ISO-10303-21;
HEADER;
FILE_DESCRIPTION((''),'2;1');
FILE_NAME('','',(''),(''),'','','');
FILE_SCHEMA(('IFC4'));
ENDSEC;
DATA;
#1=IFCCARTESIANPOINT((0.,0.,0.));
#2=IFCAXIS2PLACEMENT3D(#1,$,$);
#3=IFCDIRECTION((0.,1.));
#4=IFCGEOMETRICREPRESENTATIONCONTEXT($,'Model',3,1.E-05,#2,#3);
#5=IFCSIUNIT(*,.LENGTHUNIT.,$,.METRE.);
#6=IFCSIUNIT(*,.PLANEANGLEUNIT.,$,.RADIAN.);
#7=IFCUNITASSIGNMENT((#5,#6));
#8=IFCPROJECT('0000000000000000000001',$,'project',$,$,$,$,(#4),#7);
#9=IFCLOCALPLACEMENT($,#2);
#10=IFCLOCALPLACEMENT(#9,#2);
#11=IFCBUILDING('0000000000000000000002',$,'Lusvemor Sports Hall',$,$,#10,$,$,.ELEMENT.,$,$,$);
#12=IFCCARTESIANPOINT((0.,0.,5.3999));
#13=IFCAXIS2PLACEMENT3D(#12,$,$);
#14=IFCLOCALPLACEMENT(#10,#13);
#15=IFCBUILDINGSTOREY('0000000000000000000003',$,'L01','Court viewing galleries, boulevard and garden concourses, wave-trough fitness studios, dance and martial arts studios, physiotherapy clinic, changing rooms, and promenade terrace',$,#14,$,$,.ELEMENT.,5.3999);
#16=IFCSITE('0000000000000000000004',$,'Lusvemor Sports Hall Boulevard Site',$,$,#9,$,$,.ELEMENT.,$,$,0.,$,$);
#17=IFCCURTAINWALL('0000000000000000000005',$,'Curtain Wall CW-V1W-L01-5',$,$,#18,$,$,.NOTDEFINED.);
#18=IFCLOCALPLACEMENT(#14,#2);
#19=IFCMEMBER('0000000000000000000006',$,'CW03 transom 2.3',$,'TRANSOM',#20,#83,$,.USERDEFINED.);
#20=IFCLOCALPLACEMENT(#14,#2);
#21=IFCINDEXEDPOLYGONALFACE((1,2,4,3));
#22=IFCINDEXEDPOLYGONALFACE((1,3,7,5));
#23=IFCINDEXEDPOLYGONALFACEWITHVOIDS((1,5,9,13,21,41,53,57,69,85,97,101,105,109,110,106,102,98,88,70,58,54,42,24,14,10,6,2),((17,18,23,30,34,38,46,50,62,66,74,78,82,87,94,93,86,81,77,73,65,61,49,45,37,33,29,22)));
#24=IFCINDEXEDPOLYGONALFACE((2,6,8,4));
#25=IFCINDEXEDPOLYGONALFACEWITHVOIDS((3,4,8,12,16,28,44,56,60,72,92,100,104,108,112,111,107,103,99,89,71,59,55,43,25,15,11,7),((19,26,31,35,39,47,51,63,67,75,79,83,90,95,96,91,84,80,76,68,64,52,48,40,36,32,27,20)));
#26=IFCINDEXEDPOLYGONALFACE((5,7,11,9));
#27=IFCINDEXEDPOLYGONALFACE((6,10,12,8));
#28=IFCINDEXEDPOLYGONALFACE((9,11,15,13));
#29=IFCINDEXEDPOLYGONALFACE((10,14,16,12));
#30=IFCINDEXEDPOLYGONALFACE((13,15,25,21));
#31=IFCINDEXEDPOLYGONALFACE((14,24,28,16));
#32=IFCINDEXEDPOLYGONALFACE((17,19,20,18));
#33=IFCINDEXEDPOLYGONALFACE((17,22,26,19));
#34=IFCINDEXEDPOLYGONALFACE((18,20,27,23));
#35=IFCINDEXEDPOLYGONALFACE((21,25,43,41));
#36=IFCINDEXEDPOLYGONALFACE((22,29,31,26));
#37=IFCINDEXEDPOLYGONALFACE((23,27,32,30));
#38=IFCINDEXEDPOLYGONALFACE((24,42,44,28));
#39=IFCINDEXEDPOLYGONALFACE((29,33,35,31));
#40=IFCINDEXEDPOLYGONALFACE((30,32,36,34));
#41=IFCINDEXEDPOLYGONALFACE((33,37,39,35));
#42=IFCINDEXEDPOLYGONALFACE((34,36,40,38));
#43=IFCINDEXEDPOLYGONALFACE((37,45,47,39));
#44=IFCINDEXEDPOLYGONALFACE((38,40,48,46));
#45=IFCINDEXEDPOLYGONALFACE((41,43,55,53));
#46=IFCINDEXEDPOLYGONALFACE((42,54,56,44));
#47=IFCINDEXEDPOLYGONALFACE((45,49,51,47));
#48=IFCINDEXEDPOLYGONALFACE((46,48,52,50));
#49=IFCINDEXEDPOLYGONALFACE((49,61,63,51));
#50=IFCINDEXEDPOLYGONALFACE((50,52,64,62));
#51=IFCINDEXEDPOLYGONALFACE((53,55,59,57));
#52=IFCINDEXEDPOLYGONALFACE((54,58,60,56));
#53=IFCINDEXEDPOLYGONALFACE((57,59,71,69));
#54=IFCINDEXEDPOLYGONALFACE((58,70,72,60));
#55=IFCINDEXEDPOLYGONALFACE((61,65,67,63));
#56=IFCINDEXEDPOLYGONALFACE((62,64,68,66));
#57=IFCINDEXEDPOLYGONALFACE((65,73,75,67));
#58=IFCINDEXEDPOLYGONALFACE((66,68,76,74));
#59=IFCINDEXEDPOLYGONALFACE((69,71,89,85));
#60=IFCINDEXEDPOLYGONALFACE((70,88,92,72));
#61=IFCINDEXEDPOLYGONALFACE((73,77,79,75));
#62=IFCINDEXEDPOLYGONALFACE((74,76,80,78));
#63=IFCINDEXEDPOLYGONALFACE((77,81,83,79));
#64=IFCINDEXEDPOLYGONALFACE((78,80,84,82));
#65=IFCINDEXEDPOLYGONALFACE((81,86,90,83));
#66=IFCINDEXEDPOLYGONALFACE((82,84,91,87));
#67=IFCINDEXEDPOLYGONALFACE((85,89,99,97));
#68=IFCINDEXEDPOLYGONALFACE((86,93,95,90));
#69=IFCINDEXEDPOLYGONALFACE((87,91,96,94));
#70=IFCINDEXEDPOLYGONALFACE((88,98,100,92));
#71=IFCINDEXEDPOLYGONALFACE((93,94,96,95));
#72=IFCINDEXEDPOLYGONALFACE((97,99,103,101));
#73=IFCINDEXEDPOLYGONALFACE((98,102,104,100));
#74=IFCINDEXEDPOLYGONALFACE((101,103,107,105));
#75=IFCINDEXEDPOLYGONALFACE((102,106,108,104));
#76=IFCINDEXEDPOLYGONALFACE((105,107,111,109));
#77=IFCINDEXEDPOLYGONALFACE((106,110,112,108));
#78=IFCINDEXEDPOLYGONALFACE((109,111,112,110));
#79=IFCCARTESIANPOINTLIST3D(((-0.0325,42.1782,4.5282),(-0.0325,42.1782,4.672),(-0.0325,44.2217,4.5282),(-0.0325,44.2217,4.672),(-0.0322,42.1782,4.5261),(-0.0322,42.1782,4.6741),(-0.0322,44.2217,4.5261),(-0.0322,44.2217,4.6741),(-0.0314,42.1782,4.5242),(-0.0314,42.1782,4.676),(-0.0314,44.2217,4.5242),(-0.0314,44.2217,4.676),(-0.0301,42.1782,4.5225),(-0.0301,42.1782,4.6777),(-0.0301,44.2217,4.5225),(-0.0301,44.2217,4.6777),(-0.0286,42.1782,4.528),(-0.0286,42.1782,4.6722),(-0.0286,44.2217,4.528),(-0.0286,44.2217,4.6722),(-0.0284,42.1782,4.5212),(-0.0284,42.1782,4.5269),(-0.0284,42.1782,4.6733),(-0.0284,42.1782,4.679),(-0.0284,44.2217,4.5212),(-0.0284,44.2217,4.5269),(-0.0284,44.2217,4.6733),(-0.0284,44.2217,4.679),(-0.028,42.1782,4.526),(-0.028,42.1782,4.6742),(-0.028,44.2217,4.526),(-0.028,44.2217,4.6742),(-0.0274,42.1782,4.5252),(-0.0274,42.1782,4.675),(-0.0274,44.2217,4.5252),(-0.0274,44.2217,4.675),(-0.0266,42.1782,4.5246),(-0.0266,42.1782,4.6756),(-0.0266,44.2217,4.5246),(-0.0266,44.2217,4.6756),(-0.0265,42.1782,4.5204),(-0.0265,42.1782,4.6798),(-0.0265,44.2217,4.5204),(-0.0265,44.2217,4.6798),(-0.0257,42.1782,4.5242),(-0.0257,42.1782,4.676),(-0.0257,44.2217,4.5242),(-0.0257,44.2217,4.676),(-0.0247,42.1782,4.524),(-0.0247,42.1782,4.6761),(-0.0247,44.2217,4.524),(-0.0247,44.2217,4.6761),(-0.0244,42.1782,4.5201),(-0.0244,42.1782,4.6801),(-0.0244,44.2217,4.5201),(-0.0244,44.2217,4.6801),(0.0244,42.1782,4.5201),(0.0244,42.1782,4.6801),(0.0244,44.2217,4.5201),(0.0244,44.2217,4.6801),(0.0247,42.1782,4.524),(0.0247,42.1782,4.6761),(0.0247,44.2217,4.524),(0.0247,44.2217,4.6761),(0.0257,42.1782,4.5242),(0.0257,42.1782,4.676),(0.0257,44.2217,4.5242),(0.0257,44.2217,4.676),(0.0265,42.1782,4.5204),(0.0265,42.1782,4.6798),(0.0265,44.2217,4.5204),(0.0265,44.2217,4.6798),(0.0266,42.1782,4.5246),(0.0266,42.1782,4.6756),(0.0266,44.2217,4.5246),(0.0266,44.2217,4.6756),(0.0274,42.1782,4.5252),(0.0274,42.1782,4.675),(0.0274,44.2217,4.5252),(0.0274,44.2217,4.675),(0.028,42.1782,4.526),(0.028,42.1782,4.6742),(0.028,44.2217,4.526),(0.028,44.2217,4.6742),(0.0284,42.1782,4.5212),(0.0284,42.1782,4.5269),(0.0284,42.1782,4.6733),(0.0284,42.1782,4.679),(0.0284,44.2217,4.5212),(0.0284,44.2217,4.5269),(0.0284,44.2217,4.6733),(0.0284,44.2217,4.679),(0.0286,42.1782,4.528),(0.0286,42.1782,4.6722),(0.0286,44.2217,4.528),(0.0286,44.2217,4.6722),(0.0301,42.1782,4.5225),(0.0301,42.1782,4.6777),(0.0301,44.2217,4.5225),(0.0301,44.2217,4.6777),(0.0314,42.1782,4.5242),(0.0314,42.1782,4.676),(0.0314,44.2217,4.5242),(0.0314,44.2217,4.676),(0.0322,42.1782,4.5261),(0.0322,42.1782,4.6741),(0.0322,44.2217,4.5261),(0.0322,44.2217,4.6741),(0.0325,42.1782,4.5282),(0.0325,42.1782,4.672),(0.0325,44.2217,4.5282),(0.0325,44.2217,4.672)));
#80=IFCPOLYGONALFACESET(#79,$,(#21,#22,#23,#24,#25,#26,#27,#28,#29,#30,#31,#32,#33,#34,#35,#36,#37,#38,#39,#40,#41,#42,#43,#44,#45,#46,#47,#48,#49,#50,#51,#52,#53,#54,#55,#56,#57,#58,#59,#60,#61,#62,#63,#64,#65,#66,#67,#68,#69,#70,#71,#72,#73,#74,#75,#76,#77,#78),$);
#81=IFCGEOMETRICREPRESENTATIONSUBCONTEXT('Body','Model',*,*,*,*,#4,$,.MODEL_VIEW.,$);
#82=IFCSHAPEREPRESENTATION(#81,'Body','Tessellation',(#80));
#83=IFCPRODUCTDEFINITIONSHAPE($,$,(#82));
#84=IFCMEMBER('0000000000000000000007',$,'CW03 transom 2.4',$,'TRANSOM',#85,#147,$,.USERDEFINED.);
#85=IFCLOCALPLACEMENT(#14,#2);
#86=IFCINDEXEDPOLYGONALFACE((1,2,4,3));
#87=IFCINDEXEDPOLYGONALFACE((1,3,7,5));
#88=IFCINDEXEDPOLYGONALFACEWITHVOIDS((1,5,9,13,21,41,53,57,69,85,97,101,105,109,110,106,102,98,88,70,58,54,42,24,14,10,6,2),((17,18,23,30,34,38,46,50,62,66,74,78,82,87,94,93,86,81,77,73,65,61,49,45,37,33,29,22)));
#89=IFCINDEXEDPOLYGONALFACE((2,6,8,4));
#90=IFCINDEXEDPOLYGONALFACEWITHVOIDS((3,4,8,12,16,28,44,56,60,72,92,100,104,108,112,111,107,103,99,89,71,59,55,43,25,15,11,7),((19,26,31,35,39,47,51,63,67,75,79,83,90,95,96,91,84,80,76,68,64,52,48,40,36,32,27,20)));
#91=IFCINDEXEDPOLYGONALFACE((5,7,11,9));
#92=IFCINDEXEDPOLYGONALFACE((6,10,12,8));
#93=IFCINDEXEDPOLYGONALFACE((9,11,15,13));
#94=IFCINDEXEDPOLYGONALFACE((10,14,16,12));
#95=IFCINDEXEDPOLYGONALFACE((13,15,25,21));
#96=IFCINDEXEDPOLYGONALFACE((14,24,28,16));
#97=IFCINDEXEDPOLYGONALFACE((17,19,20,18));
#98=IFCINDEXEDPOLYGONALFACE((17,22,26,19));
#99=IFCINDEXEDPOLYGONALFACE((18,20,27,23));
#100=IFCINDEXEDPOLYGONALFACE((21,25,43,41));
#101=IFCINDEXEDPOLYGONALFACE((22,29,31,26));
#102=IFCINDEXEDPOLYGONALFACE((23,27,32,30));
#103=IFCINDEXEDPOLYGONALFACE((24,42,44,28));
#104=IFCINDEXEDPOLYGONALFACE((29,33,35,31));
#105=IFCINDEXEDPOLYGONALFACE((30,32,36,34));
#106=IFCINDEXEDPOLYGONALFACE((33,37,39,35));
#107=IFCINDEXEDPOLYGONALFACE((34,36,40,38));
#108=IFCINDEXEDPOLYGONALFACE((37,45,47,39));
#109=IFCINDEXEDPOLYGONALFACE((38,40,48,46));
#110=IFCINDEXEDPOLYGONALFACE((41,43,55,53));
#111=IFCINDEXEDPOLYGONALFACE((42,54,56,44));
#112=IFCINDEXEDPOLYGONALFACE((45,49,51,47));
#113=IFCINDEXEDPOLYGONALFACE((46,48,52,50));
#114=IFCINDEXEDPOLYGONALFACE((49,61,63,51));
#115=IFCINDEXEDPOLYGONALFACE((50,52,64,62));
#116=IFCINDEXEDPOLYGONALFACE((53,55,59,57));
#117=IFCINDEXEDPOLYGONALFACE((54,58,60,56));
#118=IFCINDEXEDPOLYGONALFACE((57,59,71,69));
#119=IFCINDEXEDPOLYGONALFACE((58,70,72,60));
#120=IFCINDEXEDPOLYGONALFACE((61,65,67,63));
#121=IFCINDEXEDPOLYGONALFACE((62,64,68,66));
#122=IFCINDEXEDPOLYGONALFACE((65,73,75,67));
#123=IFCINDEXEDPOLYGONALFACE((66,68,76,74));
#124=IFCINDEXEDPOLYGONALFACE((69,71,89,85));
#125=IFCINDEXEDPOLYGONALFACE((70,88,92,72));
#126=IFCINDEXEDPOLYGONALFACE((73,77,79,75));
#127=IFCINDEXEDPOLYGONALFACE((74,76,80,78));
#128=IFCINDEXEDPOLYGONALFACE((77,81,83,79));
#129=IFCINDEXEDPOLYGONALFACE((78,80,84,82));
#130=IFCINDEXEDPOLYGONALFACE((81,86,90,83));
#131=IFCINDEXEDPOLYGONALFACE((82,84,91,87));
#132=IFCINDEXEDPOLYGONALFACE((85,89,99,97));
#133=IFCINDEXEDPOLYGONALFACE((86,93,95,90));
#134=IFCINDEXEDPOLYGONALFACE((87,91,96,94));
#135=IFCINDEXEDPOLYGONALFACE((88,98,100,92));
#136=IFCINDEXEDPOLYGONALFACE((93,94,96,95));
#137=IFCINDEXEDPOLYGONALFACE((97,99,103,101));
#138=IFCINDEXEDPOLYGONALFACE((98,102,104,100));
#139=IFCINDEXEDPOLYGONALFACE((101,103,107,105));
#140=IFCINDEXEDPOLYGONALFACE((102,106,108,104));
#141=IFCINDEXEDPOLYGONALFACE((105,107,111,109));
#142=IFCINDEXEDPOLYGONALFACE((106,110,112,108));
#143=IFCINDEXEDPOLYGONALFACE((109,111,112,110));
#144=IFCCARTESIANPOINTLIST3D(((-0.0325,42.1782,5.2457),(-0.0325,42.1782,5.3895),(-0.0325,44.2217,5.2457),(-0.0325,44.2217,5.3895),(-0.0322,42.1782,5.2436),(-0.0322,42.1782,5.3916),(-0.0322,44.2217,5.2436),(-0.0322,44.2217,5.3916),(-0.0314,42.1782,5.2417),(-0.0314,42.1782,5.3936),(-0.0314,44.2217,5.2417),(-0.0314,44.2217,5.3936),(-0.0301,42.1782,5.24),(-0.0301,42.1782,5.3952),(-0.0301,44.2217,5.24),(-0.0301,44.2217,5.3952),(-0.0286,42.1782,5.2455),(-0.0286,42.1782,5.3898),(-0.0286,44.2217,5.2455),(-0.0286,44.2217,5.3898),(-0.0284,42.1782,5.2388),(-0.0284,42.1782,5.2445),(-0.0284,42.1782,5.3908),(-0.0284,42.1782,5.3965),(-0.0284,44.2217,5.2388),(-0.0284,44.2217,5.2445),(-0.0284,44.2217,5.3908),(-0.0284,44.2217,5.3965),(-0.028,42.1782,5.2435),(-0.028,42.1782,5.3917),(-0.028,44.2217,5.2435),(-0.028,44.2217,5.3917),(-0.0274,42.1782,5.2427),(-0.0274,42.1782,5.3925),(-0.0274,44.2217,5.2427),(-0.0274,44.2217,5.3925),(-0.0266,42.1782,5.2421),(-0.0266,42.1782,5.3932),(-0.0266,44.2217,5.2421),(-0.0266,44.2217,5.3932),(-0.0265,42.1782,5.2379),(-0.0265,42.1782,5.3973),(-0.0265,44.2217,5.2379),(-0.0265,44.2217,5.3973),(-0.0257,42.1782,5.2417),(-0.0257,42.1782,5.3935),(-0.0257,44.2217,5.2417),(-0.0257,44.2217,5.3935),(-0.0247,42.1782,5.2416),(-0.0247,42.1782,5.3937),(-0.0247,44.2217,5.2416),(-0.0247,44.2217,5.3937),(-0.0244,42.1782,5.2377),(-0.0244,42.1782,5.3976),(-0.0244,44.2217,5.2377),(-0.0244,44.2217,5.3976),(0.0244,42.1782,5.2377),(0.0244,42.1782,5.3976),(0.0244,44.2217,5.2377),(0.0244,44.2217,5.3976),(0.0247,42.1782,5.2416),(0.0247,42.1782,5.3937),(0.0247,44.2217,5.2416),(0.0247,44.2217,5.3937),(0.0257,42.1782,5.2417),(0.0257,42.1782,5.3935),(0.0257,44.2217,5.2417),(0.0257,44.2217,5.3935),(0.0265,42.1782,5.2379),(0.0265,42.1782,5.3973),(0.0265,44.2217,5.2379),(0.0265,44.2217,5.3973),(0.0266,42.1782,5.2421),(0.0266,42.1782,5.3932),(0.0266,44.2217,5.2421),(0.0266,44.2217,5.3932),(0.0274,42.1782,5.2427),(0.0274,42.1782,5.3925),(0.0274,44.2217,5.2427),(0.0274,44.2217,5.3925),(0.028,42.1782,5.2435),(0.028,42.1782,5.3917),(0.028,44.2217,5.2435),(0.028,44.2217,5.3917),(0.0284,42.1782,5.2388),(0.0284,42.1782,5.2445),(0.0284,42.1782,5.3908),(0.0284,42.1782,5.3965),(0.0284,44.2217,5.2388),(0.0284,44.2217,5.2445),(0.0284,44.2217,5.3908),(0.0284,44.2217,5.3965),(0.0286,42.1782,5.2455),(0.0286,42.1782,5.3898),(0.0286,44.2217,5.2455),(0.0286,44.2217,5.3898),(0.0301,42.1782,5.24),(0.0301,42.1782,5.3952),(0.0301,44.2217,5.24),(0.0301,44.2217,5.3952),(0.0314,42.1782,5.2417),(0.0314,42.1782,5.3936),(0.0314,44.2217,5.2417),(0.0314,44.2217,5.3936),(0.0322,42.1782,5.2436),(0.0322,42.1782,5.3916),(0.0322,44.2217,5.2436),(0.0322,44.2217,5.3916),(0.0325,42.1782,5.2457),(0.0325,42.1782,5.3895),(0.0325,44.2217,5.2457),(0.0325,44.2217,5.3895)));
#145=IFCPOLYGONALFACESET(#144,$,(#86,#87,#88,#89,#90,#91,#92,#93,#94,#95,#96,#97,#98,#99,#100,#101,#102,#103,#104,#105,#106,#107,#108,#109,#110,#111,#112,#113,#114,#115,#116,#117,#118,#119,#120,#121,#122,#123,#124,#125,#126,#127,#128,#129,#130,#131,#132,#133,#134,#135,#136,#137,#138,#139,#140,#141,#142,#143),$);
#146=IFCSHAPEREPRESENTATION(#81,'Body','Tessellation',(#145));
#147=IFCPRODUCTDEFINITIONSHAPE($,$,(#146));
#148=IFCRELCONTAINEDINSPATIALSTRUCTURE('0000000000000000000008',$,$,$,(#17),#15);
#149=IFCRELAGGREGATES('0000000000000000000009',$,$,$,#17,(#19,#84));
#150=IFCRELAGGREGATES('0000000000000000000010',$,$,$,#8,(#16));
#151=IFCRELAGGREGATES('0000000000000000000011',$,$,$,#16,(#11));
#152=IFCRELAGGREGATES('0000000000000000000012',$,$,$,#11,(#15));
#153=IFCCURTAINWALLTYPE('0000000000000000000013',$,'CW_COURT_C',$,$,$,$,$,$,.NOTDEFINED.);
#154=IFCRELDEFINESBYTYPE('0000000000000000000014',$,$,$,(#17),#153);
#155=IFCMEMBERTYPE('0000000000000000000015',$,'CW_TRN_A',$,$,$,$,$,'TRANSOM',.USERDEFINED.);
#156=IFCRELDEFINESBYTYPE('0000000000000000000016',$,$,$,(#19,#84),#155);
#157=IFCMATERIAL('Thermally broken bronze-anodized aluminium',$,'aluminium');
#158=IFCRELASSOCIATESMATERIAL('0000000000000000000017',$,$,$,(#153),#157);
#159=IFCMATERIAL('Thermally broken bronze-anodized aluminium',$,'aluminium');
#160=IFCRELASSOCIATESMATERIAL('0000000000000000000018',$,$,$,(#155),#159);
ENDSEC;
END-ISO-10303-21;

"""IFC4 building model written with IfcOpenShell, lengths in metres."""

from ifc_helpers import new_model, si_unit, direction, frame, origin, origin_2d, place, context, subcontext, project, spatial, hollow_rectangle, extrude, material, material_profile, profile_set, type_object, element, aggregate, save


model = new_model("IFC4")

# Units and contexts
model_context = context("Model", 3, precision=1e-05, world=origin(), true_north=direction((0.0, 1.0)))
body_context = subcontext(model_context, "Body", "Model", "MODEL_VIEW")
ifc_project = project(units=[si_unit("LENGTHUNIT", "METRE"), si_unit("PLANEANGLEUNIT", "RADIAN")], contexts=[model_context])

# Site, building, storey
site_placement = place(None, origin())
site = spatial("IfcSite", under=ifc_project, at=site_placement, Name="Lusvemor Sports Hall Boulevard Site", CompositionType="ELEMENT", RefElevation=0.0)
building_placement = place(site_placement, origin())
building = spatial("IfcBuilding", under=site, at=building_placement, Name="Lusvemor Sports Hall", CompositionType="ELEMENT")
storey_placement = place(building_placement, frame((0.0, 0.0, 5.3999)))
storey = spatial("IfcBuildingStorey", under=building, at=storey_placement, Name="L01", Description="Court viewing galleries, boulevard and garden concourses, wave-trough fitness studios, dance and martial arts studios, physiotherapy clinic, changing rooms, and promenade terrace", CompositionType="ELEMENT", Elevation=5.3999)

# Curtain wall
ifc_material_1 = material(Name="Thermally broken bronze-anodized aluminium", Category="aluminium")
curtain_wall_type_1 = type_object("IfcCurtainWallType", Name="CW_COURT_C", PredefinedType="NOTDEFINED", material=ifc_material_1)
curtain_wall_1_placement = place(storey_placement, origin())
curtain_wall_1 = element("IfcCurtainWall", 1, at=curtain_wall_1_placement, inside=storey, type_object=curtain_wall_type_1, Name="Curtain Wall CW-V1W-L01-5", PredefinedType="NOTDEFINED")

# Members
ifc_material_2 = material(Name="Thermally broken bronze-anodized aluminium", Category="aluminium")
ifc_material_profile_1 = material_profile(ifc_material_2, hollow_rectangle(XDim=0.0649, YDim=0.1599, WallThickness=0.0039, InnerFilletRadius=0.0039, OuterFilletRadius=0.0081, at=origin_2d()), Name="CWTRN160x65x4")
ifc_profile_set_1 = profile_set([ifc_material_profile_1], Name="Thermally broken bronze-anodized aluminium")
member_type_1 = type_object("IfcMemberType", Name="CW_TRN_A", ElementType="TRANSOM", PredefinedType="USERDEFINED", material=ifc_profile_set_1)
member_1_placement = place(storey_placement, frame((0.0, 42.1782, 4.6001), z_axis=(0.0, 1.0, 0.0), x_axis=(-1.0, 0.0, 0.0)))
member_1 = element("IfcMember", 2, at=member_1_placement, type_object=member_type_1, Name="CW03 transom 2.3", ObjectType="TRANSOM", PredefinedType="USERDEFINED", context=body_context, shape_type="SweptSolid", body=[
    extrude(hollow_rectangle(XDim=0.0649, YDim=0.1599, WallThickness=0.0039, InnerFilletRadius=0.0039, OuterFilletRadius=0.0081, at=origin_2d()), origin(), (0.0, 0.0, 1.0), 2.0435),
])
member_2_placement = place(storey_placement, frame((0.0, 42.1782, 5.3176), z_axis=(0.0, 1.0, 0.0), x_axis=(-1.0, 0.0, 0.0)))
member_2 = element("IfcMember", 3, at=member_2_placement, type_object=member_type_1, Name="CW03 transom 2.4", ObjectType="TRANSOM", PredefinedType="USERDEFINED", context=body_context, shape_type="SweptSolid", body=[
    extrude(hollow_rectangle(XDim=0.0649, YDim=0.1599, WallThickness=0.0039, InnerFilletRadius=0.0039, OuterFilletRadius=0.0081, at=origin_2d()), origin(), (0.0, 0.0, 1.0), 2.0435),
])

aggregate(curtain_wall_1, [member_1, member_2])

save(model, "model.ifc")
